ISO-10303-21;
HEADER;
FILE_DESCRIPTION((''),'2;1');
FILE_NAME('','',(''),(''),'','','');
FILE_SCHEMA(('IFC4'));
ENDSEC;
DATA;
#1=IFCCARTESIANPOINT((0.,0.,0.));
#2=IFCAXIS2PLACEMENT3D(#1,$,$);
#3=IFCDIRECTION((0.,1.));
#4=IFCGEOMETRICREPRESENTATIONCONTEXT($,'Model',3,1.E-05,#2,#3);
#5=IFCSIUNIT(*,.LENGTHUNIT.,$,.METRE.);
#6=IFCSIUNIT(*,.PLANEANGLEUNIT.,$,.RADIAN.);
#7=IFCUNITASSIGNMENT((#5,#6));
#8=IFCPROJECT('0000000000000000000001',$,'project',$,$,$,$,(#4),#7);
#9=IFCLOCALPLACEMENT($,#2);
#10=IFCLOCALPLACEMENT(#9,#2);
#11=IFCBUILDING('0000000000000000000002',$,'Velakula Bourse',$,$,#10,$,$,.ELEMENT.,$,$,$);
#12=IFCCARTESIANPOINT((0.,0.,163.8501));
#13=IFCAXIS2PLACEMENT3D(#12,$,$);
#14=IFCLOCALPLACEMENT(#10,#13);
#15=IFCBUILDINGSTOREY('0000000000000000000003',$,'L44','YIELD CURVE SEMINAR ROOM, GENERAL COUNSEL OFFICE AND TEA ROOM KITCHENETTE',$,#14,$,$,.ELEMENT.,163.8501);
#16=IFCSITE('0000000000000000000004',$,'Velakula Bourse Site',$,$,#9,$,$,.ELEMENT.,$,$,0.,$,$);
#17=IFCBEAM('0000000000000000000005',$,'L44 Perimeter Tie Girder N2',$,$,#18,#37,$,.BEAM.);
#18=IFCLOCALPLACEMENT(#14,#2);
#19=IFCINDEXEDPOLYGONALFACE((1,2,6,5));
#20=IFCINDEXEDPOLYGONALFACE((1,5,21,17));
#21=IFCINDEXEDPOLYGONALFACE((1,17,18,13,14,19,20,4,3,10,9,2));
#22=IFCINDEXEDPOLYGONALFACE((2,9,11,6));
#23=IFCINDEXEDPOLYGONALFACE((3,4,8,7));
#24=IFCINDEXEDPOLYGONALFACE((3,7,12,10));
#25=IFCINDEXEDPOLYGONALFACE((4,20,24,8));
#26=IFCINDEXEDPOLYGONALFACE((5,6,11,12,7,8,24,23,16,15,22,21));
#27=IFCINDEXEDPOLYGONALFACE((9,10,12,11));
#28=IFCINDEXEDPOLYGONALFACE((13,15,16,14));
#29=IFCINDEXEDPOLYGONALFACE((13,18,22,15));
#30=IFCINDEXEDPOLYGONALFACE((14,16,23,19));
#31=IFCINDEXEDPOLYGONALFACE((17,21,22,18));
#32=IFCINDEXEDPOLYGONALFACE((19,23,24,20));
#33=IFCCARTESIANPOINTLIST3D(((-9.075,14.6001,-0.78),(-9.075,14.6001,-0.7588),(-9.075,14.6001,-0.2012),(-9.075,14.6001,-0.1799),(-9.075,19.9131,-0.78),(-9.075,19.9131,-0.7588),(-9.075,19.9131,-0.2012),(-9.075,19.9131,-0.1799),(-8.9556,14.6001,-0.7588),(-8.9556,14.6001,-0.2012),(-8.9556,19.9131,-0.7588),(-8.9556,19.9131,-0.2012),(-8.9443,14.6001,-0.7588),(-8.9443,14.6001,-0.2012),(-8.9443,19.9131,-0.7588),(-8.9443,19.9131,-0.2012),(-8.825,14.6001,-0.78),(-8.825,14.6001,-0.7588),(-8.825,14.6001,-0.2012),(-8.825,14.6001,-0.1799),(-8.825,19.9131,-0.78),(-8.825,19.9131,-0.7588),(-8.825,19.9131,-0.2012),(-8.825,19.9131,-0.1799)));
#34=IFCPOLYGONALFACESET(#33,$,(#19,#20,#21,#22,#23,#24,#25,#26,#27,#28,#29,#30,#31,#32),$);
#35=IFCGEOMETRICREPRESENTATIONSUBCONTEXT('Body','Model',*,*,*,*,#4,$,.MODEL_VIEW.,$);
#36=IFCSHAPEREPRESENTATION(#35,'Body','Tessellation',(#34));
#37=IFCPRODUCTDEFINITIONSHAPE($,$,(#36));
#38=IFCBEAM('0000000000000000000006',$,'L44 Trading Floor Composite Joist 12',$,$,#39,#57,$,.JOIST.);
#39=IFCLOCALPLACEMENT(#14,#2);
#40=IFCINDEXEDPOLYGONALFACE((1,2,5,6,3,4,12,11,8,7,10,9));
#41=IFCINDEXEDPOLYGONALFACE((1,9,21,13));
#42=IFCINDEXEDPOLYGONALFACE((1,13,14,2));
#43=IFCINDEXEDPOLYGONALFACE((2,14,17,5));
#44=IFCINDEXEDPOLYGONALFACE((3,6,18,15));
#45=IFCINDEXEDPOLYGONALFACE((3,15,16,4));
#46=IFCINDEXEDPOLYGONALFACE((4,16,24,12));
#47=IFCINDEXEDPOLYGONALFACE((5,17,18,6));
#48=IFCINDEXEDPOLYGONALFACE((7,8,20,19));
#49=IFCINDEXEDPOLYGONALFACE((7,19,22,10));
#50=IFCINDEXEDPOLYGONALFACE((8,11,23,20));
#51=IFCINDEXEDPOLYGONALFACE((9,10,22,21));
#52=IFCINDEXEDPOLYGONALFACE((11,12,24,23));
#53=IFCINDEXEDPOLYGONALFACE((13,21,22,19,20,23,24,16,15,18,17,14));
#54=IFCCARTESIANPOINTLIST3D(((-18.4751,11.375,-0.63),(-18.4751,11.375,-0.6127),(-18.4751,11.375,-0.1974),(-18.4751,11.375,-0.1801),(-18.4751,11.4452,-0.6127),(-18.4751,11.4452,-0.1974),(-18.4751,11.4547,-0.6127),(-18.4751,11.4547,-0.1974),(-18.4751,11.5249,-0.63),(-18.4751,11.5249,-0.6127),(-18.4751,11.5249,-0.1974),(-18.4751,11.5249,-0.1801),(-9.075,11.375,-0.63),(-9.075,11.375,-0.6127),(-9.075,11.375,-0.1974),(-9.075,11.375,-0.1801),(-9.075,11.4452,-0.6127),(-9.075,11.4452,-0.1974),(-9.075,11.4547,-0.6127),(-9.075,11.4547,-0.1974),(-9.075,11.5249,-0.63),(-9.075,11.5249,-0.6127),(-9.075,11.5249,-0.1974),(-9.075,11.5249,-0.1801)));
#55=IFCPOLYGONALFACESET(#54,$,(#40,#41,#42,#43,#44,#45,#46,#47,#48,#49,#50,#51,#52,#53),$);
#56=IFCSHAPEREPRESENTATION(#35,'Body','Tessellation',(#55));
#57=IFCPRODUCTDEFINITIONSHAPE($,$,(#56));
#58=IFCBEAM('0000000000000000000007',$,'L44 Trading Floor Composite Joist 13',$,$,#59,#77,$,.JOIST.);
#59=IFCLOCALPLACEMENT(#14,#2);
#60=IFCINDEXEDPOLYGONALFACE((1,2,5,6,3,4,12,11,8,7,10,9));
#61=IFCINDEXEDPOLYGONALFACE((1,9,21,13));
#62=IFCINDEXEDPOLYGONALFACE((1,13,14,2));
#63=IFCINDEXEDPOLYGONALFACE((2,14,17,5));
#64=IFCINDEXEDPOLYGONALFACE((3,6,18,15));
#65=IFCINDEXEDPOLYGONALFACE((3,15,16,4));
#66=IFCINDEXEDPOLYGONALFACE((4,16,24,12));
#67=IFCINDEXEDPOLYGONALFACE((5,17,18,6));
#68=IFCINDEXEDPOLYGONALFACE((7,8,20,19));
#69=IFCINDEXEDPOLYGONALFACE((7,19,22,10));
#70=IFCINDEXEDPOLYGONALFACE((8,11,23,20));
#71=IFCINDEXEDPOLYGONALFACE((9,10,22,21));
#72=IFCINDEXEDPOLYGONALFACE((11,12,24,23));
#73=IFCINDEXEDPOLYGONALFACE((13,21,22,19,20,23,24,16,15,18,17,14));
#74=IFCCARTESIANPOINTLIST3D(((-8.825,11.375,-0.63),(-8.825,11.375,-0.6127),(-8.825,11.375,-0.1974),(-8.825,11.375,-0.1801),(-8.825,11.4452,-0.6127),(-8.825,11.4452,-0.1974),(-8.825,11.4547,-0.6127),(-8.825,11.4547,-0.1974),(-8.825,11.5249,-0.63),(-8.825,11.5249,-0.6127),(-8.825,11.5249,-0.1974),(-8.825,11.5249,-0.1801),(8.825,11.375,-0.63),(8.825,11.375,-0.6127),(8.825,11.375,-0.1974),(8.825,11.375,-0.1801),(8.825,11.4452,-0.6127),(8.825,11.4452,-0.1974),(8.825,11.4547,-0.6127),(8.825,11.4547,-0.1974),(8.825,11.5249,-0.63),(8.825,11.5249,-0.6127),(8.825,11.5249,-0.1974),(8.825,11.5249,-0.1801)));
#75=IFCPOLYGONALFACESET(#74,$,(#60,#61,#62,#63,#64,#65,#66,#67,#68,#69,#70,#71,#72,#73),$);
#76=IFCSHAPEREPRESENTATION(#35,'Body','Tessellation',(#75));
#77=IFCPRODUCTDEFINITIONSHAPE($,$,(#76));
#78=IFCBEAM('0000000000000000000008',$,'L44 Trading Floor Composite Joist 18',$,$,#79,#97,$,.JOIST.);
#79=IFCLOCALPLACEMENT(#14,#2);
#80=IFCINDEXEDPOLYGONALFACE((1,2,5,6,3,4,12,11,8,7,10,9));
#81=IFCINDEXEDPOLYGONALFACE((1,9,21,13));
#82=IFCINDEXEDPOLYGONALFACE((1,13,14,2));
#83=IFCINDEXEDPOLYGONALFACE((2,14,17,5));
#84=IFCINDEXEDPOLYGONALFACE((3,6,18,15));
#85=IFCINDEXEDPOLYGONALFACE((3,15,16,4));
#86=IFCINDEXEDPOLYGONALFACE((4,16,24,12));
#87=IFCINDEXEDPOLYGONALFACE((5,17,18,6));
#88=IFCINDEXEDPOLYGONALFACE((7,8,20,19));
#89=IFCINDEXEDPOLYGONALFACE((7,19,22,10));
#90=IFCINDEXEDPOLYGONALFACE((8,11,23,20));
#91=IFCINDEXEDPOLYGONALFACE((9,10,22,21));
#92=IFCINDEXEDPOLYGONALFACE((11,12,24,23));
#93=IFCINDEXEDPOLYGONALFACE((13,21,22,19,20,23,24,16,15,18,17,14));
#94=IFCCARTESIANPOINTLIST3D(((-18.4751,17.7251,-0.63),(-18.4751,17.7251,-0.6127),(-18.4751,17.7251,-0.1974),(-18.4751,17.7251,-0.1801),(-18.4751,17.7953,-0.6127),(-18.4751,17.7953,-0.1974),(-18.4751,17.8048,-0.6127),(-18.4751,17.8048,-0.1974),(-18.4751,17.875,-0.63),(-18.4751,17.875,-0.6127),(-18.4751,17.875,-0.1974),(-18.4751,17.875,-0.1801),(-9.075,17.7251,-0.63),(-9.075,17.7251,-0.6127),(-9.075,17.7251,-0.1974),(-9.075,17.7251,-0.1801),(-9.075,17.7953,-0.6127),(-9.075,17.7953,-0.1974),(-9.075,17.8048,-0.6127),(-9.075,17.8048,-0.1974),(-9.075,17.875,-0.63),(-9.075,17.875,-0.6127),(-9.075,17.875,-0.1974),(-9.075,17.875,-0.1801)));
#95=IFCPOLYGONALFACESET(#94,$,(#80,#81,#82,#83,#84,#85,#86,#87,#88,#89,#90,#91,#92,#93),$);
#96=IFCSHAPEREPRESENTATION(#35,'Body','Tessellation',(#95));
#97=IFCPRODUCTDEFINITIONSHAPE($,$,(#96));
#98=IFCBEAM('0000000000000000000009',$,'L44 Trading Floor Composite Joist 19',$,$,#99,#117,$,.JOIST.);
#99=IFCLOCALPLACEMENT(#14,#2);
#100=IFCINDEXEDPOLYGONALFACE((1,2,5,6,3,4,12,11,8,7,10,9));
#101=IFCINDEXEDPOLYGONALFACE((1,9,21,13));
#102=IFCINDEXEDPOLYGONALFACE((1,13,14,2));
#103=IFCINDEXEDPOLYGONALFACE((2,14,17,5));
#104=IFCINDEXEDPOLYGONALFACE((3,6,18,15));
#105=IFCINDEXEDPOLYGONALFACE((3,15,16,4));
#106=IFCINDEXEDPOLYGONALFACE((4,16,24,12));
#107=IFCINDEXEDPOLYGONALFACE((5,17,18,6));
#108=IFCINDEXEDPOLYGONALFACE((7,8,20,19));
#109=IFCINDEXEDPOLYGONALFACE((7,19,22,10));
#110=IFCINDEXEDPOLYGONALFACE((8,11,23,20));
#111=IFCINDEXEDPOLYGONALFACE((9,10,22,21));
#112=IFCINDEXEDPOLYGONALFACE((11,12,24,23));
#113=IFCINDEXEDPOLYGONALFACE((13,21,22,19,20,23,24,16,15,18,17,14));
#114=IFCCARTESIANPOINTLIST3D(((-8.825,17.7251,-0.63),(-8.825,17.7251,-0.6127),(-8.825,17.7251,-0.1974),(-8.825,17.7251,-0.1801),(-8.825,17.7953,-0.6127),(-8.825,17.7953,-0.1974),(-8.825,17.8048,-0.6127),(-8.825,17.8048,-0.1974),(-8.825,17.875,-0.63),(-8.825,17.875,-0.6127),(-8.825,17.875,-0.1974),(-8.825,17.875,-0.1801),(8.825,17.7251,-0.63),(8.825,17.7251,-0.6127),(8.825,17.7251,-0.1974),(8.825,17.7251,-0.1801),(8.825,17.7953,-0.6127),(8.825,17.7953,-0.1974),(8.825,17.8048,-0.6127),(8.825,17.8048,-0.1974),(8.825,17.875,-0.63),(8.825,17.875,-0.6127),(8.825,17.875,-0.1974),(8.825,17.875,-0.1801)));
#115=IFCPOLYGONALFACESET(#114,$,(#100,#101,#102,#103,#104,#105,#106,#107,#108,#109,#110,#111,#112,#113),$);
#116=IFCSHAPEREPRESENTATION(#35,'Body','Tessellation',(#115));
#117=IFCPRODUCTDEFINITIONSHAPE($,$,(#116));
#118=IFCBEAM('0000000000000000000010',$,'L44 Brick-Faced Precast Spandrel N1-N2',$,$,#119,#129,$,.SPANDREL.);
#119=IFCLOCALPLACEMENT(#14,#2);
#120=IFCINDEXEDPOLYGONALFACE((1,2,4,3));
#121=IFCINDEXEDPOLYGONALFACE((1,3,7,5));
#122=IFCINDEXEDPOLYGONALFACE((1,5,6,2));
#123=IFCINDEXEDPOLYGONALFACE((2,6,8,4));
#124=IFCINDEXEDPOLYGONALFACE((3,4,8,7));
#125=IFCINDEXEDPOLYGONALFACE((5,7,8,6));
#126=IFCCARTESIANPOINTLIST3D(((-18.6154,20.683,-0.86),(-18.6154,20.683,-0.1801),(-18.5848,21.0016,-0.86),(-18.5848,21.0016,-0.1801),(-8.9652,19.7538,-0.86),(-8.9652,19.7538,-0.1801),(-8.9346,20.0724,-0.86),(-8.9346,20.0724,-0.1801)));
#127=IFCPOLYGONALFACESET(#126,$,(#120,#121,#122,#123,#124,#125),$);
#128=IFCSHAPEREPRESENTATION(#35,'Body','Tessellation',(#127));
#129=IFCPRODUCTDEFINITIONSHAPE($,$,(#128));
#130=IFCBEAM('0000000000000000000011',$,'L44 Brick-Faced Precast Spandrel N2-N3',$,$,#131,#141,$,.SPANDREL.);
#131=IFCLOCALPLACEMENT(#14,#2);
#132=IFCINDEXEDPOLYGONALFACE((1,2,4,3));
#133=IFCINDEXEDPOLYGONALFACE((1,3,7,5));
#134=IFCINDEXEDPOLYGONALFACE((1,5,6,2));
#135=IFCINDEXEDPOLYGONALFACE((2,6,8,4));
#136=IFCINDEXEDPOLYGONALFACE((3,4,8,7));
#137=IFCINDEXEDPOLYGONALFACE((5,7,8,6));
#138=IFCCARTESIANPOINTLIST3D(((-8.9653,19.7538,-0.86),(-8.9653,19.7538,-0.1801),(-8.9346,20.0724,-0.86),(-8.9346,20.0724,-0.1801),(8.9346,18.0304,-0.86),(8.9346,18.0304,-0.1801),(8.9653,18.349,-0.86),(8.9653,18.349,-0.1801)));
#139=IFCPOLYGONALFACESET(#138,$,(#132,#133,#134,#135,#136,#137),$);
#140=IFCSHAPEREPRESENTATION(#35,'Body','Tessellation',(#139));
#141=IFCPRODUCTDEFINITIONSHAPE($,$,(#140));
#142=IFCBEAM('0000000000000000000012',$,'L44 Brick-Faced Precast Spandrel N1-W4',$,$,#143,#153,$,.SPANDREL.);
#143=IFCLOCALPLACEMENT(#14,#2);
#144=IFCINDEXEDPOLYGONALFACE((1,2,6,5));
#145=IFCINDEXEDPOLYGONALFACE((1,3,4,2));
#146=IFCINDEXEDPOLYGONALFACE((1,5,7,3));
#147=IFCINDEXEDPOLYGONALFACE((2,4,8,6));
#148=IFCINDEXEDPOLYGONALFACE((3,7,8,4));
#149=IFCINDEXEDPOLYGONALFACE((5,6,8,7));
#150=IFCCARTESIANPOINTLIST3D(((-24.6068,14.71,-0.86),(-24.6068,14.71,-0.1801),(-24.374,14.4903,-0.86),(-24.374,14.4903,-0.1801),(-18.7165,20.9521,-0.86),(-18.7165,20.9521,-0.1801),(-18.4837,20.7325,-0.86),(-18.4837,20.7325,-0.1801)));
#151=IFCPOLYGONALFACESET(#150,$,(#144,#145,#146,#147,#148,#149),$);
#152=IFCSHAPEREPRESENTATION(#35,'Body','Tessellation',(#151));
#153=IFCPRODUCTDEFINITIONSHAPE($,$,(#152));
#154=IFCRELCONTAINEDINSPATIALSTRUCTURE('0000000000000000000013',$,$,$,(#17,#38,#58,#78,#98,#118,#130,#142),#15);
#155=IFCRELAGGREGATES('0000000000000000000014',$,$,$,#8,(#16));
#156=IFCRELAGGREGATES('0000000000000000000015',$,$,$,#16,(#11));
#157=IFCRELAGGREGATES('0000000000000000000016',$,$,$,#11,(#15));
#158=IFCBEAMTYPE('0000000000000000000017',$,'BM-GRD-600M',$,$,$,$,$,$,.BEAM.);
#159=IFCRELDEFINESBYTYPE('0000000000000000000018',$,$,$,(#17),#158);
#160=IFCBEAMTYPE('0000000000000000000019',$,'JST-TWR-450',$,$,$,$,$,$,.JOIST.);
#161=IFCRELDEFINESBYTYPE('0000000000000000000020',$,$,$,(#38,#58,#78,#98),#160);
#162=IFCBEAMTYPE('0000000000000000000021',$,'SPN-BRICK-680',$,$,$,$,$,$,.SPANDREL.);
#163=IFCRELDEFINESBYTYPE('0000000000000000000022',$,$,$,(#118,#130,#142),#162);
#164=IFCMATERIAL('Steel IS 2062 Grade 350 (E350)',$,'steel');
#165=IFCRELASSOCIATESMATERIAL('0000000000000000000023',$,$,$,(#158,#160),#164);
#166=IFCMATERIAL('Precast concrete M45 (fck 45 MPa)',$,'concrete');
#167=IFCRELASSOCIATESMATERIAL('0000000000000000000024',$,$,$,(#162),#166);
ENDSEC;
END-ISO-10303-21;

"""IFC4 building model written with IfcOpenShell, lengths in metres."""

from ifc_helpers import new_model, si_unit, direction, frame, origin, origin_2d, place, context, subcontext, project, spatial, rectangle, i_section, extrude, material, material_profile, profile_set, type_object, element, save


model = new_model("IFC4")

# Units and contexts
model_context = context("Model", 3, precision=1e-05, world=origin(), true_north=direction((0.0, 1.0)))
body_context = subcontext(model_context, "Body", "Model", "MODEL_VIEW")
ifc_project = project(units=[si_unit("LENGTHUNIT", "METRE"), si_unit("PLANEANGLEUNIT", "RADIAN")], contexts=[model_context])

# Site, building, storey
site_placement = place(None, origin())
site = spatial("IfcSite", under=ifc_project, at=site_placement, Name="Velakula Bourse Site", CompositionType="ELEMENT", RefElevation=0.0)
building_placement = place(site_placement, origin())
building = spatial("IfcBuilding", under=site, at=building_placement, Name="Velakula Bourse", CompositionType="ELEMENT")
storey_placement = place(building_placement, frame((0.0, 0.0, 163.8501)))
storey = spatial("IfcBuildingStorey", under=building, at=storey_placement, Name="L44", Description="YIELD CURVE SEMINAR ROOM, GENERAL COUNSEL OFFICE AND TEA ROOM KITCHENETTE", CompositionType="ELEMENT", Elevation=163.8501)

# Shared definitions
ifc_material_1 = material(Name="Steel IS 2062 Grade 350 (E350)", Category="steel")

# Beams
ifc_material_profile_1 = material_profile(ifc_material_1, i_section(OverallWidth=0.25, OverallDepth=0.6001, WebThickness=0.0112, FlangeThickness=0.0212, at=origin_2d()), Name="Steel IS 2062 Grade 350 (E350)")
ifc_profile_set_1 = profile_set([ifc_material_profile_1], Name="Steel IS 2062 Grade 350 (E350)")
beam_type_1 = type_object("IfcBeamType", Name="BM-GRD-600M", PredefinedType="BEAM", material=ifc_profile_set_1)
beam_1_placement = place(storey_placement, frame((-8.95, 14.6001, -0.48), z_axis=(0.0, 1.0, 0.0), x_axis=(-1.0, 0.0, 0.0)))
element("IfcBeam", 1, at=beam_1_placement, inside=storey, type_object=beam_type_1, Name="L44 Perimeter Tie Girder N2", PredefinedType="BEAM", context=body_context, shape_type="SweptSolid", body=[
    extrude(i_section(OverallWidth=0.25, OverallDepth=0.6001, WebThickness=0.0112, FlangeThickness=0.0212, at=origin_2d()), origin(), (0.0, 0.0, 1.0), 5.313),
])
ifc_material_profile_2 = material_profile(ifc_material_1, i_section(OverallWidth=0.1499, OverallDepth=0.45, WebThickness=0.0095, FlangeThickness=0.0173, at=origin_2d()), Name="Steel IS 2062 Grade 350 (E350)")
ifc_profile_set_2 = profile_set([ifc_material_profile_2], Name="Steel IS 2062 Grade 350 (E350)")
beam_type_2 = type_object("IfcBeamType", Name="JST-TWR-450", PredefinedType="JOIST", material=ifc_profile_set_2)
beam_2_placement = place(storey_placement, frame((-18.4751, 11.45, -0.405), z_axis=(1.0, 0.0, 0.0), x_axis=(0.0, 1.0, 0.0)))
element("IfcBeam", 2, at=beam_2_placement, inside=storey, type_object=beam_type_2, Name="L44 Trading Floor Composite Joist 12", PredefinedType="JOIST", context=body_context, shape_type="SweptSolid", body=[
    extrude(i_section(OverallWidth=0.1499, OverallDepth=0.45, WebThickness=0.0095, FlangeThickness=0.0173, at=origin_2d()), origin(), (0.0, 0.0, 1.0), 9.4001),
])
beam_3_placement = place(storey_placement, frame((-8.825, 11.45, -0.405), z_axis=(1.0, 0.0, 0.0), x_axis=(0.0, 1.0, 0.0)))
element("IfcBeam", 3, at=beam_3_placement, inside=storey, type_object=beam_type_2, Name="L44 Trading Floor Composite Joist 13", PredefinedType="JOIST", context=body_context, shape_type="SweptSolid", body=[
    extrude(i_section(OverallWidth=0.1499, OverallDepth=0.45, WebThickness=0.0095, FlangeThickness=0.0173, at=origin_2d()), origin(), (0.0, 0.0, 1.0), 17.6499),
])
beam_4_placement = place(storey_placement, frame((-18.4751, 17.8, -0.405), z_axis=(1.0, 0.0, 0.0), x_axis=(0.0, 1.0, 0.0)))
element("IfcBeam", 4, at=beam_4_placement, inside=storey, type_object=beam_type_2, Name="L44 Trading Floor Composite Joist 18", PredefinedType="JOIST", context=body_context, shape_type="SweptSolid", body=[
    extrude(i_section(OverallWidth=0.1499, OverallDepth=0.45, WebThickness=0.0095, FlangeThickness=0.0173, at=origin_2d()), origin(), (0.0, 0.0, 1.0), 9.4001),
])
beam_5_placement = place(storey_placement, frame((-8.825, 17.8, -0.405), z_axis=(1.0, 0.0, 0.0), x_axis=(0.0, 1.0, 0.0)))
element("IfcBeam", 5, at=beam_5_placement, inside=storey, type_object=beam_type_2, Name="L44 Trading Floor Composite Joist 19", PredefinedType="JOIST", context=body_context, shape_type="SweptSolid", body=[
    extrude(i_section(OverallWidth=0.1499, OverallDepth=0.45, WebThickness=0.0095, FlangeThickness=0.0173, at=origin_2d()), origin(), (0.0, 0.0, 1.0), 17.6499),
])
ifc_material_2 = material(Name="Precast concrete M45 (fck 45 MPa)", Category="concrete")
ifc_material_profile_3 = material_profile(ifc_material_2, rectangle(XDim=0.3201, YDim=0.6799, at=origin_2d()), Name="Precast concrete M45 (fck 45 MPa)")
ifc_profile_set_3 = profile_set([ifc_material_profile_3], Name="Precast concrete M45 (fck 45 MPa)")
beam_type_3 = type_object("IfcBeamType", Name="SPN-BRICK-680", PredefinedType="SPANDREL", material=ifc_profile_set_3)
beam_6_placement = place(storey_placement, frame((-18.6001, 20.8423, -0.52), z_axis=(0.995396, -0.095845, 0.0), x_axis=(0.095845, 0.995396, 0.0)))
element("IfcBeam", 6, at=beam_6_placement, inside=storey, type_object=beam_type_3, Name="L44 Brick-Faced Precast Spandrel N1-N2", PredefinedType="SPANDREL", context=body_context, shape_type="SweptSolid", body=[
    extrude(rectangle(XDim=0.3201, YDim=0.6799, at=origin_2d()), origin(), (0.0, 0.0, 1.0), 9.6948),
])
beam_7_placement = place(storey_placement, frame((-8.95, 19.9131, -0.52), z_axis=(0.995397, -0.095836, 0.0), x_axis=(0.095836, 0.995397, 0.0)))
element("IfcBeam", 7, at=beam_7_placement, inside=storey, type_object=beam_type_3, Name="L44 Brick-Faced Precast Spandrel N2-N3", PredefinedType="SPANDREL", context=body_context, shape_type="SweptSolid", body=[
    extrude(rectangle(XDim=0.3201, YDim=0.6799, at=origin_2d()), origin(), (0.0, 0.0, 1.0), 17.9827),
])
beam_8_placement = place(storey_placement, frame((-18.6001, 20.8423, -0.52), z_axis=(-0.686314, -0.727305, 0.0), x_axis=(0.727305, -0.686314, 0.0)))
element("IfcBeam", 8, at=beam_8_placement, inside=storey, type_object=beam_type_3, Name="L44 Brick-Faced Precast Spandrel N1-W4", PredefinedType="SPANDREL", context=body_context, shape_type="SweptSolid", body=[
    extrude(rectangle(XDim=0.3201, YDim=0.6799, at=origin_2d()), origin(), (0.0, 0.0, 1.0), 8.5825),
])

save(model, "model.ifc")
